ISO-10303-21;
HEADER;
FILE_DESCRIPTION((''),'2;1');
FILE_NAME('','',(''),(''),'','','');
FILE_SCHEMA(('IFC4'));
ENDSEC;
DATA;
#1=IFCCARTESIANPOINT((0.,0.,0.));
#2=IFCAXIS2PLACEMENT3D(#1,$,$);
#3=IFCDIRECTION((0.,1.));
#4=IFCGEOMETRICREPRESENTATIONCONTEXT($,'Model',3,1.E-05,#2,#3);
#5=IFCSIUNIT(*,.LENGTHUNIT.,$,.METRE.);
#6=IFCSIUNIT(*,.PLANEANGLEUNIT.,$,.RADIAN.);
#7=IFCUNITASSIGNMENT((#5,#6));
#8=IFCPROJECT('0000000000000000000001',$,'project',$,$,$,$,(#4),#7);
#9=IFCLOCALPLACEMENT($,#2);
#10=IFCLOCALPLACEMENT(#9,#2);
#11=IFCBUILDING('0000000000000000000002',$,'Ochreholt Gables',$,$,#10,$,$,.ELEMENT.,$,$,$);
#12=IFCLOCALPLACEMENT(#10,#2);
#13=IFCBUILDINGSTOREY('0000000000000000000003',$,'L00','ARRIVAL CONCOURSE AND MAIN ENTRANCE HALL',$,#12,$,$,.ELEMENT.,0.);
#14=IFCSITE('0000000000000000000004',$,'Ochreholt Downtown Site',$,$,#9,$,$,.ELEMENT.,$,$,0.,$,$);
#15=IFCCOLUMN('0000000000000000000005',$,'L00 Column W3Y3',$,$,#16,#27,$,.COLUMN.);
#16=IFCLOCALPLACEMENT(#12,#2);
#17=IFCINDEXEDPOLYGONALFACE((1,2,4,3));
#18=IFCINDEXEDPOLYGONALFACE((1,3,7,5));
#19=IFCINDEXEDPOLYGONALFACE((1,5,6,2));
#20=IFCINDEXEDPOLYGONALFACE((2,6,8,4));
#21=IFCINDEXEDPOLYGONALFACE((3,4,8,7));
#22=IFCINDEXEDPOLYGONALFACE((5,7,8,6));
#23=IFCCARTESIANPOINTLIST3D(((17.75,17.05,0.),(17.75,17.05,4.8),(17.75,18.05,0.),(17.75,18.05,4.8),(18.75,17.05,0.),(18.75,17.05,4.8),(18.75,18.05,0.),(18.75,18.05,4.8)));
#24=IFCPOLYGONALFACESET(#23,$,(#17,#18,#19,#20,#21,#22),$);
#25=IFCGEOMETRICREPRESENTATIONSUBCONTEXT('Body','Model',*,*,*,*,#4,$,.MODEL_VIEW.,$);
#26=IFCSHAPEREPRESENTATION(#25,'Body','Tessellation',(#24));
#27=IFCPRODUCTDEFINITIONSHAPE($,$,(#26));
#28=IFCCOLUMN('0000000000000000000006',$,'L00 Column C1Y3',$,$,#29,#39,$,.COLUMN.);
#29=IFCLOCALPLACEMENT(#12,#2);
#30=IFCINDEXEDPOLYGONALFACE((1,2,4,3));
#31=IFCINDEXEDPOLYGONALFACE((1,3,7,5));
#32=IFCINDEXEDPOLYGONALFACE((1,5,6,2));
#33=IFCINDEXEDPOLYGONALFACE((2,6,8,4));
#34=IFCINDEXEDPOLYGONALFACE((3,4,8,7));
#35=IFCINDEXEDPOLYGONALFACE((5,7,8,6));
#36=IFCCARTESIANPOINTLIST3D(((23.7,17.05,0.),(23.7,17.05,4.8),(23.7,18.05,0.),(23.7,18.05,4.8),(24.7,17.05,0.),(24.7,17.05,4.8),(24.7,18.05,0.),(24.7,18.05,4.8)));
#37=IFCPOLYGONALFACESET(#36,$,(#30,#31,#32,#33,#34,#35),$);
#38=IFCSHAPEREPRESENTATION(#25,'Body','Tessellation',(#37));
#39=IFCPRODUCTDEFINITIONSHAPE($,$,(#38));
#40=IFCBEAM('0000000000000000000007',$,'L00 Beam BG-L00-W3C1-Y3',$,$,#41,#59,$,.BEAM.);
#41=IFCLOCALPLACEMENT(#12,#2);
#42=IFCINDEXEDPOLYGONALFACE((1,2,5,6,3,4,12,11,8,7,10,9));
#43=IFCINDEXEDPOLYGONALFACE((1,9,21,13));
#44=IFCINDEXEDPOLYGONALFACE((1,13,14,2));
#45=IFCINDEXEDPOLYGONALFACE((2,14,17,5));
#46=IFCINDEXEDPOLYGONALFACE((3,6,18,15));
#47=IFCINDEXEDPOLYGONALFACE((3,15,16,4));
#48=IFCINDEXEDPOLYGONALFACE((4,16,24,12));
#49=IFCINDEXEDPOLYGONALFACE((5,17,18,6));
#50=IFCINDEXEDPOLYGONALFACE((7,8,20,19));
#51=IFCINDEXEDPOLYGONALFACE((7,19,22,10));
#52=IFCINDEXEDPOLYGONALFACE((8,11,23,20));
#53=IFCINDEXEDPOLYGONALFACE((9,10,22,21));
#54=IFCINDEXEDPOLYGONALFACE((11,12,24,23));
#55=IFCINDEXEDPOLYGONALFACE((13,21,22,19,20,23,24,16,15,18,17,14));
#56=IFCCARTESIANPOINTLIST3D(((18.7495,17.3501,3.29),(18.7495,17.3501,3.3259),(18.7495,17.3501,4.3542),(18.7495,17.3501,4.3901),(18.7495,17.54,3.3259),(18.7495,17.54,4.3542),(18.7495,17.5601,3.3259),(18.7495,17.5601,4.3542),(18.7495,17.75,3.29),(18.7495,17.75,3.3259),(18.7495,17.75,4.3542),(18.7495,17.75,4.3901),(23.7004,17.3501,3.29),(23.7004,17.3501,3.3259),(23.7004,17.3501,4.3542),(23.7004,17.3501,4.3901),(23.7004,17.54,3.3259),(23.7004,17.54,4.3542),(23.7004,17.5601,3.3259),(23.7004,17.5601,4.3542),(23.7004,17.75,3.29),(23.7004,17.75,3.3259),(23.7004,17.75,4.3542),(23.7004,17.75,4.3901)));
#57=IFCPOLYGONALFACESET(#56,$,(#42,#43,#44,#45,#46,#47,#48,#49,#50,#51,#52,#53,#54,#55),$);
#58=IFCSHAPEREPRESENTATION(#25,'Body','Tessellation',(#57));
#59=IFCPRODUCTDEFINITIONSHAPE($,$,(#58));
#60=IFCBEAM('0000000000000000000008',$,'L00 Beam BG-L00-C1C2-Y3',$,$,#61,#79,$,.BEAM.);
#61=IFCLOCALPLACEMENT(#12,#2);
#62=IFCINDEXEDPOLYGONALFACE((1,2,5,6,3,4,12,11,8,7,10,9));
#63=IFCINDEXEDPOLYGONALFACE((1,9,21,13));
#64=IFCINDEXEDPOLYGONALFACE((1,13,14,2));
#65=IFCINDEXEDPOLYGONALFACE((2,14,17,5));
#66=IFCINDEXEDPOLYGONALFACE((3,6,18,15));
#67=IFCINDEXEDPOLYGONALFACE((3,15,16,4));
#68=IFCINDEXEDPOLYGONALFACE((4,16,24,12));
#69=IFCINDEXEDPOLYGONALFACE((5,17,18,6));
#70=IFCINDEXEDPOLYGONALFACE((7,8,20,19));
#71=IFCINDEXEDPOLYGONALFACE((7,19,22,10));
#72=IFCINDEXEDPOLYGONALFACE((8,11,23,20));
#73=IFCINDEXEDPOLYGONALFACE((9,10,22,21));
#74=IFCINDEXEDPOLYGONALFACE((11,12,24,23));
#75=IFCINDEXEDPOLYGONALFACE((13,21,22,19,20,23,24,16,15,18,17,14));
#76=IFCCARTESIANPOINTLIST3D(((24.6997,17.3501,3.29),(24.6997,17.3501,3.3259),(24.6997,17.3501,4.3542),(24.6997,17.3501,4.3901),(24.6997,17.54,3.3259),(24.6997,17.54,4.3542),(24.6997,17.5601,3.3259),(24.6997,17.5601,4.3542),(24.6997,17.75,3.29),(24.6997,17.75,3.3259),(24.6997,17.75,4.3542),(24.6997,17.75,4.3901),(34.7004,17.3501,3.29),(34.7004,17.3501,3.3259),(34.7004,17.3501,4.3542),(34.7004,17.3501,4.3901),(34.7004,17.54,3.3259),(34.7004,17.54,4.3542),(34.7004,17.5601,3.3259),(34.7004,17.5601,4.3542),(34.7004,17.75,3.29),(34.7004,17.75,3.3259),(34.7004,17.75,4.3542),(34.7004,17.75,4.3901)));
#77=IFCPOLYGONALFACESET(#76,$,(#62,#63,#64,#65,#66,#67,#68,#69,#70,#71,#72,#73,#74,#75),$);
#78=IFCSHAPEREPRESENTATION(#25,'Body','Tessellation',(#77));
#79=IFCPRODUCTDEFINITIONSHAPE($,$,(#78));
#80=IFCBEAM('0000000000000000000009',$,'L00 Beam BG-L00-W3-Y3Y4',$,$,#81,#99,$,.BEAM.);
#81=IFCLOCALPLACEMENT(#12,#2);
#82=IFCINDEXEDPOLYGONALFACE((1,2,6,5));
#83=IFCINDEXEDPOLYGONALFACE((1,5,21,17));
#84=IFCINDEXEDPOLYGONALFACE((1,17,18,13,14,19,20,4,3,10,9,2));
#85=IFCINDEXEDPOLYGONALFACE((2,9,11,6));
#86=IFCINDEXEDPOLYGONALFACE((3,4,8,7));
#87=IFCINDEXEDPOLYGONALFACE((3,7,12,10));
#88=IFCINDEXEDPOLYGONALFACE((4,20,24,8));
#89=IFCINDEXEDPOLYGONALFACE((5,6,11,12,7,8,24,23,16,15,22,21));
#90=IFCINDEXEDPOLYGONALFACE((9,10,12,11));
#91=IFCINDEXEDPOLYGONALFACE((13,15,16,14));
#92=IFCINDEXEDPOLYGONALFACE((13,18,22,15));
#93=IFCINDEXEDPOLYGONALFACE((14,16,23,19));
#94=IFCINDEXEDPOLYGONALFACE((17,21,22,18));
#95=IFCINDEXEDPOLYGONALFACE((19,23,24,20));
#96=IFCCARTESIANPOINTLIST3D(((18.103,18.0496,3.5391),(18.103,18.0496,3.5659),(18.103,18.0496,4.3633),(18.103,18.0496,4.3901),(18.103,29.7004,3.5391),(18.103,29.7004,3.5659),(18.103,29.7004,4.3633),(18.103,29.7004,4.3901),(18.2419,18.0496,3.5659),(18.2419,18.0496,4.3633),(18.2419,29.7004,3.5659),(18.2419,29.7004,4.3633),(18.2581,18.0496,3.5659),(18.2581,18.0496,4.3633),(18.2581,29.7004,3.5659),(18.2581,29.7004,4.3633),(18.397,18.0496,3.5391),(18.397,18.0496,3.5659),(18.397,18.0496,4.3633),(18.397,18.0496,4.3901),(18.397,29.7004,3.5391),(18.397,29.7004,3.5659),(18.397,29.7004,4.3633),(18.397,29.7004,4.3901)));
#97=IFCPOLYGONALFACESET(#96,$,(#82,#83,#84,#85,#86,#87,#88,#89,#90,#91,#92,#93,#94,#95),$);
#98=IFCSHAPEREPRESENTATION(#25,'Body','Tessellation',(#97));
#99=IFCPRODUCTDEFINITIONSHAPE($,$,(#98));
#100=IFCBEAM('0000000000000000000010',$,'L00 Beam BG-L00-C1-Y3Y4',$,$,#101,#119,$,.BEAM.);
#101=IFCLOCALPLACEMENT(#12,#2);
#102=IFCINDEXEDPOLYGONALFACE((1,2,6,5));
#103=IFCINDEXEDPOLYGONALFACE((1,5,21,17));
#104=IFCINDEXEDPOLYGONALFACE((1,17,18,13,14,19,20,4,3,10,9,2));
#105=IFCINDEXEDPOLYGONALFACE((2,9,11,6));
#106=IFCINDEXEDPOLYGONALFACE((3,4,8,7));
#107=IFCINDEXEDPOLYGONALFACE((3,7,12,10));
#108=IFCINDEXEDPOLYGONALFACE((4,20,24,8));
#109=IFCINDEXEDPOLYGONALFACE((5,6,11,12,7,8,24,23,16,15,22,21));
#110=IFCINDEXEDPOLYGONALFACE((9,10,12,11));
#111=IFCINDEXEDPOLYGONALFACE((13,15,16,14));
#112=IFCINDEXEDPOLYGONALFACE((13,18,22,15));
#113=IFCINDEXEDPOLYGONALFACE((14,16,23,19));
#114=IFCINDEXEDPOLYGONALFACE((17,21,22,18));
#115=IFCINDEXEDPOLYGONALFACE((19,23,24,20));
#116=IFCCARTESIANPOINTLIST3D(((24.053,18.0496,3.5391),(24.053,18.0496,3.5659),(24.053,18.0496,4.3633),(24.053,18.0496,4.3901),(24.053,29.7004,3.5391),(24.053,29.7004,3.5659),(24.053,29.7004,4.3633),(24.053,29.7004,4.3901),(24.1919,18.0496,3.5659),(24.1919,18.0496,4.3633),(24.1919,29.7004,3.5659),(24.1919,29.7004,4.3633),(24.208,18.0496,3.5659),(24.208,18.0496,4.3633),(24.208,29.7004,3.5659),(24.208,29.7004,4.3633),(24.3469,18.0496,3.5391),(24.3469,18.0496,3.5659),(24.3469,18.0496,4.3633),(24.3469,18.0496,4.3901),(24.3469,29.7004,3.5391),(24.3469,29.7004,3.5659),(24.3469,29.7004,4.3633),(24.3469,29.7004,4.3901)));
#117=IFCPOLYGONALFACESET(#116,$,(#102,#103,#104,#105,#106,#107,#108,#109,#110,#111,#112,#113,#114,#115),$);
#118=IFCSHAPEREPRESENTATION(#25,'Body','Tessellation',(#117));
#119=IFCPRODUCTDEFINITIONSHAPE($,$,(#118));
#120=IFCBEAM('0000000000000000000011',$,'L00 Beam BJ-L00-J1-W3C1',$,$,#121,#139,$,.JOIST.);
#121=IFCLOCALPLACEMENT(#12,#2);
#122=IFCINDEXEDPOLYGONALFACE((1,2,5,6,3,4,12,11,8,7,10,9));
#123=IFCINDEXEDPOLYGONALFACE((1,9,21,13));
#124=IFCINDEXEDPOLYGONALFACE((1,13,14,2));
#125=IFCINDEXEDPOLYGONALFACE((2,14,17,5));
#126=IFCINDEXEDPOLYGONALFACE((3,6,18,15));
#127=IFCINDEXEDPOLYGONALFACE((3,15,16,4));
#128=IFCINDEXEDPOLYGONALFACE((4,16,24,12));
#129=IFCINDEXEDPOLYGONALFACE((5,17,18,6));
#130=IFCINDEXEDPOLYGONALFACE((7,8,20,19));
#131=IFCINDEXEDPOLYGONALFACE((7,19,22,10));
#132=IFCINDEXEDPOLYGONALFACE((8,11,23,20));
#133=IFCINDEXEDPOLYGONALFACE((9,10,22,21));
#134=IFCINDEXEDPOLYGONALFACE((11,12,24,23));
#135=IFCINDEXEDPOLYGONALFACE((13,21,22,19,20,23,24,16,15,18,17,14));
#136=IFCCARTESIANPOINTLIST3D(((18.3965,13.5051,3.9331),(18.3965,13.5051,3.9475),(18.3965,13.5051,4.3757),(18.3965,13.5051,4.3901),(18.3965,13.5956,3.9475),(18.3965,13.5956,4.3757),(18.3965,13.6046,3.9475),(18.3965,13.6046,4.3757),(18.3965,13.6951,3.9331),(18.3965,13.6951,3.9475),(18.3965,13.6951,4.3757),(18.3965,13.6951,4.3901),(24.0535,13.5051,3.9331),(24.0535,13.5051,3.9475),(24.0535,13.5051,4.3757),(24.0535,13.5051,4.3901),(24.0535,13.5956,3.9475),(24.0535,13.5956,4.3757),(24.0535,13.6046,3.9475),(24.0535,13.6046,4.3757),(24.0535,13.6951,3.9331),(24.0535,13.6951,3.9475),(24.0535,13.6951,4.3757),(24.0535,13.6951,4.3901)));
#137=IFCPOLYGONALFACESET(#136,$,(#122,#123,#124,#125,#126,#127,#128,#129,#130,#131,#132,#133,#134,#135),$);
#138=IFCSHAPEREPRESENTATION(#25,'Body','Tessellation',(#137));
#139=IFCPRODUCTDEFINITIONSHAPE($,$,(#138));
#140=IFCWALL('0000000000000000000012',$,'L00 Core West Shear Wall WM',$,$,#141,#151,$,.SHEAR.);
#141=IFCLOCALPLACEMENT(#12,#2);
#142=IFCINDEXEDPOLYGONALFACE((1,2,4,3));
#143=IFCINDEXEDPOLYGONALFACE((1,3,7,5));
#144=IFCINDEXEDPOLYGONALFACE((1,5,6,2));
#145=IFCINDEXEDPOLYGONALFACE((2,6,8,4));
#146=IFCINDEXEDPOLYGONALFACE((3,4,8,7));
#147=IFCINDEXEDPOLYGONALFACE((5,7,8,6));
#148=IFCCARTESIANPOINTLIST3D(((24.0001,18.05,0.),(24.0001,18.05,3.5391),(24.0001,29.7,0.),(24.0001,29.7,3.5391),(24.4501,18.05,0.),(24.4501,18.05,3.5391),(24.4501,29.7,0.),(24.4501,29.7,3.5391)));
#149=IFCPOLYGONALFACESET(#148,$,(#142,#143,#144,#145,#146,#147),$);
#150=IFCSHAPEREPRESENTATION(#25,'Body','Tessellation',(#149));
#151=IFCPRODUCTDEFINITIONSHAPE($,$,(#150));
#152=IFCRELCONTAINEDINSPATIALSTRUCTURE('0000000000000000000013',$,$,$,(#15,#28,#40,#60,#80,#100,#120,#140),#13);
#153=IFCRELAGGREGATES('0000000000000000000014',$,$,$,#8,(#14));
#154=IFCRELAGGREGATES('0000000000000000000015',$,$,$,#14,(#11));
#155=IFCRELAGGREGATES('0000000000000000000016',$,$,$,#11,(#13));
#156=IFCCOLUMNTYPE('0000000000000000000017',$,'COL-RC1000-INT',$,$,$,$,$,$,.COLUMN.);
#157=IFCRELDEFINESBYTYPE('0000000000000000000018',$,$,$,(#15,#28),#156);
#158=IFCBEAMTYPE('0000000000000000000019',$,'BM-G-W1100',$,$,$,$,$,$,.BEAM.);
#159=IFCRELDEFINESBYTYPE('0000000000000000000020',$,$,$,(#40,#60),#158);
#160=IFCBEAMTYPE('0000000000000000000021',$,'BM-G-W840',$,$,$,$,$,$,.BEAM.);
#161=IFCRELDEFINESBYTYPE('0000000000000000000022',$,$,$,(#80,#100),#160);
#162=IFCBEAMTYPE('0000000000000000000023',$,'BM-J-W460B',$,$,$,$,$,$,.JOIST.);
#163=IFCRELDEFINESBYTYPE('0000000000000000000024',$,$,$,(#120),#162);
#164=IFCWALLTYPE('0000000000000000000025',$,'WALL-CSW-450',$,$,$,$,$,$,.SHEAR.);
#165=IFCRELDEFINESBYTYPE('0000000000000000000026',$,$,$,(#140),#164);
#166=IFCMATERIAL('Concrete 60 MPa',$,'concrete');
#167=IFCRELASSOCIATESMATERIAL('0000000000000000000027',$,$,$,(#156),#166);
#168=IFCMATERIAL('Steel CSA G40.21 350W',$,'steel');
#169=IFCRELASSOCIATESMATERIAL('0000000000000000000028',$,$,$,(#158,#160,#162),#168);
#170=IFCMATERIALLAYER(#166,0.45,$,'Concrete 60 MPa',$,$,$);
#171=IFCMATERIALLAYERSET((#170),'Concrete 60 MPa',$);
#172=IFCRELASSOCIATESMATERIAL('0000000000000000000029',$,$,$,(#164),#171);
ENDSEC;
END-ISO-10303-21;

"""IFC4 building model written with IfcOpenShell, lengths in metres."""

from ifc_helpers import new_model, si_unit, direction, frame, frame_2d, origin, origin_2d, place, context, subcontext, project, spatial, rectangle, i_section, extrude, material, layer, layer_set, material_profile, profile_set, type_object, element, save


model = new_model("IFC4")

# Units and contexts
model_context = context("Model", 3, precision=1e-05, world=origin(), true_north=direction((0.0, 1.0)))
body_context = subcontext(model_context, "Body", "Model", "MODEL_VIEW")
ifc_project = project(units=[si_unit("LENGTHUNIT", "METRE"), si_unit("PLANEANGLEUNIT", "RADIAN")], contexts=[model_context])

# Site, building, storey
site_placement = place(None, origin())
site = spatial("IfcSite", under=ifc_project, at=site_placement, Name="Ochreholt Downtown Site", CompositionType="ELEMENT", RefElevation=0.0)
building_placement = place(site_placement, origin())
building = spatial("IfcBuilding", under=site, at=building_placement, Name="Ochreholt Gables", CompositionType="ELEMENT")
storey_placement = place(building_placement, origin())
storey = spatial("IfcBuildingStorey", under=building, at=storey_placement, Name="L00", Description="ARRIVAL CONCOURSE AND MAIN ENTRANCE HALL", CompositionType="ELEMENT", Elevation=0.0)

# Columns
ifc_material_1 = material(Name="Concrete 60 MPa", Category="concrete")
ifc_material_profile_1 = material_profile(ifc_material_1, rectangle(XDim=1.0, YDim=1.0, at=origin_2d()), Name="RC1000X1000")
ifc_profile_set_1 = profile_set([ifc_material_profile_1], Name="Concrete 60 MPa")
column_type = type_object("IfcColumnType", Name="COL-RC1000-INT", PredefinedType="COLUMN", material=ifc_profile_set_1)
for number, where, z_axis, x_axis, name in (
    (1, (18.25, 17.55, 0.0), (0.0, 0.0, 1.0), (1.0, 0.0, 0.0), "L00 Column W3Y3"),
    (2, (24.2, 17.55, 0.0), (0.0, 0.0, 1.0), (1.0, 0.0, 0.0), "L00 Column C1Y3"),
):
    element("IfcColumn", number, at=place(storey_placement, frame(where, z_axis=z_axis, x_axis=x_axis)), inside=storey, type_object=column_type, Name=name, PredefinedType="COLUMN", context=body_context, shape_type="SweptSolid", body=[
        extrude(rectangle(XDim=1.0, YDim=1.0, at=origin_2d()), origin(), (0.0, 0.0, 1.0), 4.8),
    ])

# Beams
ifc_material_2 = material(Name="Steel CSA G40.21 350W", Category="steel")
ifc_material_profile_2 = material_profile(ifc_material_2, i_section(OverallWidth=0.3999, OverallDepth=1.1001, WebThickness=0.02, FlangeThickness=0.0359, at=origin_2d()), Name="W1100X390")
ifc_profile_set_2 = profile_set([ifc_material_profile_2], Name="Steel CSA G40.21 350W")
beam_type_1 = type_object("IfcBeamType", Name="BM-G-W1100", PredefinedType="BEAM", material=ifc_profile_set_2)
beam_1_placement = place(storey_placement, frame((18.7495, 17.55, 3.8401), z_axis=(1.0, 0.0, 0.0), x_axis=(0.0, 1.0, 0.0)))
element("IfcBeam", 3, at=beam_1_placement, inside=storey, type_object=beam_type_1, Name="L00 Beam BG-L00-W3C1-Y3", PredefinedType="BEAM", context=body_context, shape_type="SweptSolid", body=[
    extrude(i_section(OverallWidth=0.3999, OverallDepth=1.1001, WebThickness=0.02, FlangeThickness=0.0359, at=origin_2d()), origin(), (0.0, 0.0, 1.0), 4.9509),
])
beam_2_placement = place(storey_placement, frame((24.6997, 17.55, 3.8401), z_axis=(1.0, 0.0, 0.0), x_axis=(0.0, 1.0, 0.0)))
element("IfcBeam", 4, at=beam_2_placement, inside=storey, type_object=beam_type_1, Name="L00 Beam BG-L00-C1C2-Y3", PredefinedType="BEAM", context=body_context, shape_type="SweptSolid", body=[
    extrude(i_section(OverallWidth=0.3999, OverallDepth=1.1001, WebThickness=0.02, FlangeThickness=0.0359, at=origin_2d()), origin(), (0.0, 0.0, 1.0), 10.0007),
])
ifc_material_profile_3 = material_profile(ifc_material_2, i_section(OverallWidth=0.2939, OverallDepth=0.8511, WebThickness=0.0161, FlangeThickness=0.0269, at=origin_2d()), Name="W840X226")
ifc_profile_set_3 = profile_set([ifc_material_profile_3], Name="Steel CSA G40.21 350W")
beam_type_2 = type_object("IfcBeamType", Name="BM-G-W840", PredefinedType="BEAM", material=ifc_profile_set_3)
for number, where, z_axis, x_axis, name in (
    (5, (18.25, 18.0496, 3.9646), (0.0, 1.0, 0.0), (-1.0, 0.0, 0.0), "L00 Beam BG-L00-W3-Y3Y4"),
    (6, (24.2, 18.0496, 3.9646), (0.0, 1.0, 0.0), (-1.0, 0.0, 0.0), "L00 Beam BG-L00-C1-Y3Y4"),
):
    element("IfcBeam", number, at=place(storey_placement, frame(where, z_axis=z_axis, x_axis=x_axis)), inside=storey, type_object=beam_type_2, Name=name, PredefinedType="BEAM", context=body_context, shape_type="SweptSolid", body=[
        extrude(i_section(OverallWidth=0.2939, OverallDepth=0.8511, WebThickness=0.0161, FlangeThickness=0.0269, at=origin_2d()), origin(), (0.0, 0.0, 1.0), 11.6509),
    ])
ifc_material_profile_4 = material_profile(ifc_material_2, i_section(OverallWidth=0.1899, OverallDepth=0.457, WebThickness=0.009, FlangeThickness=0.0144, at=origin_2d()), Name="W460X74")
ifc_profile_set_4 = profile_set([ifc_material_profile_4], Name="Steel CSA G40.21 350W")
beam_type_3 = type_object("IfcBeamType", Name="BM-J-W460B", PredefinedType="JOIST", material=ifc_profile_set_4)
beam_3_placement = place(storey_placement, frame((18.3965, 13.6001, 4.1616), z_axis=(1.0, 0.0, 0.0), x_axis=(0.0, 1.0, 0.0)))
element("IfcBeam", 7, at=beam_3_placement, inside=storey, type_object=beam_type_3, Name="L00 Beam BJ-L00-J1-W3C1", PredefinedType="JOIST", context=body_context, shape_type="SweptSolid", body=[
    extrude(i_section(OverallWidth=0.1899, OverallDepth=0.457, WebThickness=0.009, FlangeThickness=0.0144, at=origin_2d()), origin(), (0.0, 0.0, 1.0), 5.657),
])

# Wall
ifc_layer_1 = layer(ifc_material_1, 0.45, Name="Concrete 60 MPa")
ifc_layer_set_1 = layer_set([ifc_layer_1], Name="Concrete 60 MPa")
wall_type_1 = type_object("IfcWallType", Name="WALL-CSW-450", PredefinedType="SHEAR", material=ifc_layer_set_1)
wall_1_placement = place(storey_placement, frame((24.2251, 18.05, 0.0), z_axis=(0.0, 0.0, 1.0), x_axis=(0.0, 1.0, 0.0)))
element("IfcWall", 8, at=wall_1_placement, inside=storey, type_object=wall_type_1, Name="L00 Core West Shear Wall WM", PredefinedType="SHEAR", context=body_context, shape_type="SweptSolid", body=[
    extrude(rectangle(XDim=11.6499, YDim=0.45, at=frame_2d((5.825, 0.0))), origin(), (0.0, 0.0, 1.0), 3.5391),
])

save(model, "model.ifc")
